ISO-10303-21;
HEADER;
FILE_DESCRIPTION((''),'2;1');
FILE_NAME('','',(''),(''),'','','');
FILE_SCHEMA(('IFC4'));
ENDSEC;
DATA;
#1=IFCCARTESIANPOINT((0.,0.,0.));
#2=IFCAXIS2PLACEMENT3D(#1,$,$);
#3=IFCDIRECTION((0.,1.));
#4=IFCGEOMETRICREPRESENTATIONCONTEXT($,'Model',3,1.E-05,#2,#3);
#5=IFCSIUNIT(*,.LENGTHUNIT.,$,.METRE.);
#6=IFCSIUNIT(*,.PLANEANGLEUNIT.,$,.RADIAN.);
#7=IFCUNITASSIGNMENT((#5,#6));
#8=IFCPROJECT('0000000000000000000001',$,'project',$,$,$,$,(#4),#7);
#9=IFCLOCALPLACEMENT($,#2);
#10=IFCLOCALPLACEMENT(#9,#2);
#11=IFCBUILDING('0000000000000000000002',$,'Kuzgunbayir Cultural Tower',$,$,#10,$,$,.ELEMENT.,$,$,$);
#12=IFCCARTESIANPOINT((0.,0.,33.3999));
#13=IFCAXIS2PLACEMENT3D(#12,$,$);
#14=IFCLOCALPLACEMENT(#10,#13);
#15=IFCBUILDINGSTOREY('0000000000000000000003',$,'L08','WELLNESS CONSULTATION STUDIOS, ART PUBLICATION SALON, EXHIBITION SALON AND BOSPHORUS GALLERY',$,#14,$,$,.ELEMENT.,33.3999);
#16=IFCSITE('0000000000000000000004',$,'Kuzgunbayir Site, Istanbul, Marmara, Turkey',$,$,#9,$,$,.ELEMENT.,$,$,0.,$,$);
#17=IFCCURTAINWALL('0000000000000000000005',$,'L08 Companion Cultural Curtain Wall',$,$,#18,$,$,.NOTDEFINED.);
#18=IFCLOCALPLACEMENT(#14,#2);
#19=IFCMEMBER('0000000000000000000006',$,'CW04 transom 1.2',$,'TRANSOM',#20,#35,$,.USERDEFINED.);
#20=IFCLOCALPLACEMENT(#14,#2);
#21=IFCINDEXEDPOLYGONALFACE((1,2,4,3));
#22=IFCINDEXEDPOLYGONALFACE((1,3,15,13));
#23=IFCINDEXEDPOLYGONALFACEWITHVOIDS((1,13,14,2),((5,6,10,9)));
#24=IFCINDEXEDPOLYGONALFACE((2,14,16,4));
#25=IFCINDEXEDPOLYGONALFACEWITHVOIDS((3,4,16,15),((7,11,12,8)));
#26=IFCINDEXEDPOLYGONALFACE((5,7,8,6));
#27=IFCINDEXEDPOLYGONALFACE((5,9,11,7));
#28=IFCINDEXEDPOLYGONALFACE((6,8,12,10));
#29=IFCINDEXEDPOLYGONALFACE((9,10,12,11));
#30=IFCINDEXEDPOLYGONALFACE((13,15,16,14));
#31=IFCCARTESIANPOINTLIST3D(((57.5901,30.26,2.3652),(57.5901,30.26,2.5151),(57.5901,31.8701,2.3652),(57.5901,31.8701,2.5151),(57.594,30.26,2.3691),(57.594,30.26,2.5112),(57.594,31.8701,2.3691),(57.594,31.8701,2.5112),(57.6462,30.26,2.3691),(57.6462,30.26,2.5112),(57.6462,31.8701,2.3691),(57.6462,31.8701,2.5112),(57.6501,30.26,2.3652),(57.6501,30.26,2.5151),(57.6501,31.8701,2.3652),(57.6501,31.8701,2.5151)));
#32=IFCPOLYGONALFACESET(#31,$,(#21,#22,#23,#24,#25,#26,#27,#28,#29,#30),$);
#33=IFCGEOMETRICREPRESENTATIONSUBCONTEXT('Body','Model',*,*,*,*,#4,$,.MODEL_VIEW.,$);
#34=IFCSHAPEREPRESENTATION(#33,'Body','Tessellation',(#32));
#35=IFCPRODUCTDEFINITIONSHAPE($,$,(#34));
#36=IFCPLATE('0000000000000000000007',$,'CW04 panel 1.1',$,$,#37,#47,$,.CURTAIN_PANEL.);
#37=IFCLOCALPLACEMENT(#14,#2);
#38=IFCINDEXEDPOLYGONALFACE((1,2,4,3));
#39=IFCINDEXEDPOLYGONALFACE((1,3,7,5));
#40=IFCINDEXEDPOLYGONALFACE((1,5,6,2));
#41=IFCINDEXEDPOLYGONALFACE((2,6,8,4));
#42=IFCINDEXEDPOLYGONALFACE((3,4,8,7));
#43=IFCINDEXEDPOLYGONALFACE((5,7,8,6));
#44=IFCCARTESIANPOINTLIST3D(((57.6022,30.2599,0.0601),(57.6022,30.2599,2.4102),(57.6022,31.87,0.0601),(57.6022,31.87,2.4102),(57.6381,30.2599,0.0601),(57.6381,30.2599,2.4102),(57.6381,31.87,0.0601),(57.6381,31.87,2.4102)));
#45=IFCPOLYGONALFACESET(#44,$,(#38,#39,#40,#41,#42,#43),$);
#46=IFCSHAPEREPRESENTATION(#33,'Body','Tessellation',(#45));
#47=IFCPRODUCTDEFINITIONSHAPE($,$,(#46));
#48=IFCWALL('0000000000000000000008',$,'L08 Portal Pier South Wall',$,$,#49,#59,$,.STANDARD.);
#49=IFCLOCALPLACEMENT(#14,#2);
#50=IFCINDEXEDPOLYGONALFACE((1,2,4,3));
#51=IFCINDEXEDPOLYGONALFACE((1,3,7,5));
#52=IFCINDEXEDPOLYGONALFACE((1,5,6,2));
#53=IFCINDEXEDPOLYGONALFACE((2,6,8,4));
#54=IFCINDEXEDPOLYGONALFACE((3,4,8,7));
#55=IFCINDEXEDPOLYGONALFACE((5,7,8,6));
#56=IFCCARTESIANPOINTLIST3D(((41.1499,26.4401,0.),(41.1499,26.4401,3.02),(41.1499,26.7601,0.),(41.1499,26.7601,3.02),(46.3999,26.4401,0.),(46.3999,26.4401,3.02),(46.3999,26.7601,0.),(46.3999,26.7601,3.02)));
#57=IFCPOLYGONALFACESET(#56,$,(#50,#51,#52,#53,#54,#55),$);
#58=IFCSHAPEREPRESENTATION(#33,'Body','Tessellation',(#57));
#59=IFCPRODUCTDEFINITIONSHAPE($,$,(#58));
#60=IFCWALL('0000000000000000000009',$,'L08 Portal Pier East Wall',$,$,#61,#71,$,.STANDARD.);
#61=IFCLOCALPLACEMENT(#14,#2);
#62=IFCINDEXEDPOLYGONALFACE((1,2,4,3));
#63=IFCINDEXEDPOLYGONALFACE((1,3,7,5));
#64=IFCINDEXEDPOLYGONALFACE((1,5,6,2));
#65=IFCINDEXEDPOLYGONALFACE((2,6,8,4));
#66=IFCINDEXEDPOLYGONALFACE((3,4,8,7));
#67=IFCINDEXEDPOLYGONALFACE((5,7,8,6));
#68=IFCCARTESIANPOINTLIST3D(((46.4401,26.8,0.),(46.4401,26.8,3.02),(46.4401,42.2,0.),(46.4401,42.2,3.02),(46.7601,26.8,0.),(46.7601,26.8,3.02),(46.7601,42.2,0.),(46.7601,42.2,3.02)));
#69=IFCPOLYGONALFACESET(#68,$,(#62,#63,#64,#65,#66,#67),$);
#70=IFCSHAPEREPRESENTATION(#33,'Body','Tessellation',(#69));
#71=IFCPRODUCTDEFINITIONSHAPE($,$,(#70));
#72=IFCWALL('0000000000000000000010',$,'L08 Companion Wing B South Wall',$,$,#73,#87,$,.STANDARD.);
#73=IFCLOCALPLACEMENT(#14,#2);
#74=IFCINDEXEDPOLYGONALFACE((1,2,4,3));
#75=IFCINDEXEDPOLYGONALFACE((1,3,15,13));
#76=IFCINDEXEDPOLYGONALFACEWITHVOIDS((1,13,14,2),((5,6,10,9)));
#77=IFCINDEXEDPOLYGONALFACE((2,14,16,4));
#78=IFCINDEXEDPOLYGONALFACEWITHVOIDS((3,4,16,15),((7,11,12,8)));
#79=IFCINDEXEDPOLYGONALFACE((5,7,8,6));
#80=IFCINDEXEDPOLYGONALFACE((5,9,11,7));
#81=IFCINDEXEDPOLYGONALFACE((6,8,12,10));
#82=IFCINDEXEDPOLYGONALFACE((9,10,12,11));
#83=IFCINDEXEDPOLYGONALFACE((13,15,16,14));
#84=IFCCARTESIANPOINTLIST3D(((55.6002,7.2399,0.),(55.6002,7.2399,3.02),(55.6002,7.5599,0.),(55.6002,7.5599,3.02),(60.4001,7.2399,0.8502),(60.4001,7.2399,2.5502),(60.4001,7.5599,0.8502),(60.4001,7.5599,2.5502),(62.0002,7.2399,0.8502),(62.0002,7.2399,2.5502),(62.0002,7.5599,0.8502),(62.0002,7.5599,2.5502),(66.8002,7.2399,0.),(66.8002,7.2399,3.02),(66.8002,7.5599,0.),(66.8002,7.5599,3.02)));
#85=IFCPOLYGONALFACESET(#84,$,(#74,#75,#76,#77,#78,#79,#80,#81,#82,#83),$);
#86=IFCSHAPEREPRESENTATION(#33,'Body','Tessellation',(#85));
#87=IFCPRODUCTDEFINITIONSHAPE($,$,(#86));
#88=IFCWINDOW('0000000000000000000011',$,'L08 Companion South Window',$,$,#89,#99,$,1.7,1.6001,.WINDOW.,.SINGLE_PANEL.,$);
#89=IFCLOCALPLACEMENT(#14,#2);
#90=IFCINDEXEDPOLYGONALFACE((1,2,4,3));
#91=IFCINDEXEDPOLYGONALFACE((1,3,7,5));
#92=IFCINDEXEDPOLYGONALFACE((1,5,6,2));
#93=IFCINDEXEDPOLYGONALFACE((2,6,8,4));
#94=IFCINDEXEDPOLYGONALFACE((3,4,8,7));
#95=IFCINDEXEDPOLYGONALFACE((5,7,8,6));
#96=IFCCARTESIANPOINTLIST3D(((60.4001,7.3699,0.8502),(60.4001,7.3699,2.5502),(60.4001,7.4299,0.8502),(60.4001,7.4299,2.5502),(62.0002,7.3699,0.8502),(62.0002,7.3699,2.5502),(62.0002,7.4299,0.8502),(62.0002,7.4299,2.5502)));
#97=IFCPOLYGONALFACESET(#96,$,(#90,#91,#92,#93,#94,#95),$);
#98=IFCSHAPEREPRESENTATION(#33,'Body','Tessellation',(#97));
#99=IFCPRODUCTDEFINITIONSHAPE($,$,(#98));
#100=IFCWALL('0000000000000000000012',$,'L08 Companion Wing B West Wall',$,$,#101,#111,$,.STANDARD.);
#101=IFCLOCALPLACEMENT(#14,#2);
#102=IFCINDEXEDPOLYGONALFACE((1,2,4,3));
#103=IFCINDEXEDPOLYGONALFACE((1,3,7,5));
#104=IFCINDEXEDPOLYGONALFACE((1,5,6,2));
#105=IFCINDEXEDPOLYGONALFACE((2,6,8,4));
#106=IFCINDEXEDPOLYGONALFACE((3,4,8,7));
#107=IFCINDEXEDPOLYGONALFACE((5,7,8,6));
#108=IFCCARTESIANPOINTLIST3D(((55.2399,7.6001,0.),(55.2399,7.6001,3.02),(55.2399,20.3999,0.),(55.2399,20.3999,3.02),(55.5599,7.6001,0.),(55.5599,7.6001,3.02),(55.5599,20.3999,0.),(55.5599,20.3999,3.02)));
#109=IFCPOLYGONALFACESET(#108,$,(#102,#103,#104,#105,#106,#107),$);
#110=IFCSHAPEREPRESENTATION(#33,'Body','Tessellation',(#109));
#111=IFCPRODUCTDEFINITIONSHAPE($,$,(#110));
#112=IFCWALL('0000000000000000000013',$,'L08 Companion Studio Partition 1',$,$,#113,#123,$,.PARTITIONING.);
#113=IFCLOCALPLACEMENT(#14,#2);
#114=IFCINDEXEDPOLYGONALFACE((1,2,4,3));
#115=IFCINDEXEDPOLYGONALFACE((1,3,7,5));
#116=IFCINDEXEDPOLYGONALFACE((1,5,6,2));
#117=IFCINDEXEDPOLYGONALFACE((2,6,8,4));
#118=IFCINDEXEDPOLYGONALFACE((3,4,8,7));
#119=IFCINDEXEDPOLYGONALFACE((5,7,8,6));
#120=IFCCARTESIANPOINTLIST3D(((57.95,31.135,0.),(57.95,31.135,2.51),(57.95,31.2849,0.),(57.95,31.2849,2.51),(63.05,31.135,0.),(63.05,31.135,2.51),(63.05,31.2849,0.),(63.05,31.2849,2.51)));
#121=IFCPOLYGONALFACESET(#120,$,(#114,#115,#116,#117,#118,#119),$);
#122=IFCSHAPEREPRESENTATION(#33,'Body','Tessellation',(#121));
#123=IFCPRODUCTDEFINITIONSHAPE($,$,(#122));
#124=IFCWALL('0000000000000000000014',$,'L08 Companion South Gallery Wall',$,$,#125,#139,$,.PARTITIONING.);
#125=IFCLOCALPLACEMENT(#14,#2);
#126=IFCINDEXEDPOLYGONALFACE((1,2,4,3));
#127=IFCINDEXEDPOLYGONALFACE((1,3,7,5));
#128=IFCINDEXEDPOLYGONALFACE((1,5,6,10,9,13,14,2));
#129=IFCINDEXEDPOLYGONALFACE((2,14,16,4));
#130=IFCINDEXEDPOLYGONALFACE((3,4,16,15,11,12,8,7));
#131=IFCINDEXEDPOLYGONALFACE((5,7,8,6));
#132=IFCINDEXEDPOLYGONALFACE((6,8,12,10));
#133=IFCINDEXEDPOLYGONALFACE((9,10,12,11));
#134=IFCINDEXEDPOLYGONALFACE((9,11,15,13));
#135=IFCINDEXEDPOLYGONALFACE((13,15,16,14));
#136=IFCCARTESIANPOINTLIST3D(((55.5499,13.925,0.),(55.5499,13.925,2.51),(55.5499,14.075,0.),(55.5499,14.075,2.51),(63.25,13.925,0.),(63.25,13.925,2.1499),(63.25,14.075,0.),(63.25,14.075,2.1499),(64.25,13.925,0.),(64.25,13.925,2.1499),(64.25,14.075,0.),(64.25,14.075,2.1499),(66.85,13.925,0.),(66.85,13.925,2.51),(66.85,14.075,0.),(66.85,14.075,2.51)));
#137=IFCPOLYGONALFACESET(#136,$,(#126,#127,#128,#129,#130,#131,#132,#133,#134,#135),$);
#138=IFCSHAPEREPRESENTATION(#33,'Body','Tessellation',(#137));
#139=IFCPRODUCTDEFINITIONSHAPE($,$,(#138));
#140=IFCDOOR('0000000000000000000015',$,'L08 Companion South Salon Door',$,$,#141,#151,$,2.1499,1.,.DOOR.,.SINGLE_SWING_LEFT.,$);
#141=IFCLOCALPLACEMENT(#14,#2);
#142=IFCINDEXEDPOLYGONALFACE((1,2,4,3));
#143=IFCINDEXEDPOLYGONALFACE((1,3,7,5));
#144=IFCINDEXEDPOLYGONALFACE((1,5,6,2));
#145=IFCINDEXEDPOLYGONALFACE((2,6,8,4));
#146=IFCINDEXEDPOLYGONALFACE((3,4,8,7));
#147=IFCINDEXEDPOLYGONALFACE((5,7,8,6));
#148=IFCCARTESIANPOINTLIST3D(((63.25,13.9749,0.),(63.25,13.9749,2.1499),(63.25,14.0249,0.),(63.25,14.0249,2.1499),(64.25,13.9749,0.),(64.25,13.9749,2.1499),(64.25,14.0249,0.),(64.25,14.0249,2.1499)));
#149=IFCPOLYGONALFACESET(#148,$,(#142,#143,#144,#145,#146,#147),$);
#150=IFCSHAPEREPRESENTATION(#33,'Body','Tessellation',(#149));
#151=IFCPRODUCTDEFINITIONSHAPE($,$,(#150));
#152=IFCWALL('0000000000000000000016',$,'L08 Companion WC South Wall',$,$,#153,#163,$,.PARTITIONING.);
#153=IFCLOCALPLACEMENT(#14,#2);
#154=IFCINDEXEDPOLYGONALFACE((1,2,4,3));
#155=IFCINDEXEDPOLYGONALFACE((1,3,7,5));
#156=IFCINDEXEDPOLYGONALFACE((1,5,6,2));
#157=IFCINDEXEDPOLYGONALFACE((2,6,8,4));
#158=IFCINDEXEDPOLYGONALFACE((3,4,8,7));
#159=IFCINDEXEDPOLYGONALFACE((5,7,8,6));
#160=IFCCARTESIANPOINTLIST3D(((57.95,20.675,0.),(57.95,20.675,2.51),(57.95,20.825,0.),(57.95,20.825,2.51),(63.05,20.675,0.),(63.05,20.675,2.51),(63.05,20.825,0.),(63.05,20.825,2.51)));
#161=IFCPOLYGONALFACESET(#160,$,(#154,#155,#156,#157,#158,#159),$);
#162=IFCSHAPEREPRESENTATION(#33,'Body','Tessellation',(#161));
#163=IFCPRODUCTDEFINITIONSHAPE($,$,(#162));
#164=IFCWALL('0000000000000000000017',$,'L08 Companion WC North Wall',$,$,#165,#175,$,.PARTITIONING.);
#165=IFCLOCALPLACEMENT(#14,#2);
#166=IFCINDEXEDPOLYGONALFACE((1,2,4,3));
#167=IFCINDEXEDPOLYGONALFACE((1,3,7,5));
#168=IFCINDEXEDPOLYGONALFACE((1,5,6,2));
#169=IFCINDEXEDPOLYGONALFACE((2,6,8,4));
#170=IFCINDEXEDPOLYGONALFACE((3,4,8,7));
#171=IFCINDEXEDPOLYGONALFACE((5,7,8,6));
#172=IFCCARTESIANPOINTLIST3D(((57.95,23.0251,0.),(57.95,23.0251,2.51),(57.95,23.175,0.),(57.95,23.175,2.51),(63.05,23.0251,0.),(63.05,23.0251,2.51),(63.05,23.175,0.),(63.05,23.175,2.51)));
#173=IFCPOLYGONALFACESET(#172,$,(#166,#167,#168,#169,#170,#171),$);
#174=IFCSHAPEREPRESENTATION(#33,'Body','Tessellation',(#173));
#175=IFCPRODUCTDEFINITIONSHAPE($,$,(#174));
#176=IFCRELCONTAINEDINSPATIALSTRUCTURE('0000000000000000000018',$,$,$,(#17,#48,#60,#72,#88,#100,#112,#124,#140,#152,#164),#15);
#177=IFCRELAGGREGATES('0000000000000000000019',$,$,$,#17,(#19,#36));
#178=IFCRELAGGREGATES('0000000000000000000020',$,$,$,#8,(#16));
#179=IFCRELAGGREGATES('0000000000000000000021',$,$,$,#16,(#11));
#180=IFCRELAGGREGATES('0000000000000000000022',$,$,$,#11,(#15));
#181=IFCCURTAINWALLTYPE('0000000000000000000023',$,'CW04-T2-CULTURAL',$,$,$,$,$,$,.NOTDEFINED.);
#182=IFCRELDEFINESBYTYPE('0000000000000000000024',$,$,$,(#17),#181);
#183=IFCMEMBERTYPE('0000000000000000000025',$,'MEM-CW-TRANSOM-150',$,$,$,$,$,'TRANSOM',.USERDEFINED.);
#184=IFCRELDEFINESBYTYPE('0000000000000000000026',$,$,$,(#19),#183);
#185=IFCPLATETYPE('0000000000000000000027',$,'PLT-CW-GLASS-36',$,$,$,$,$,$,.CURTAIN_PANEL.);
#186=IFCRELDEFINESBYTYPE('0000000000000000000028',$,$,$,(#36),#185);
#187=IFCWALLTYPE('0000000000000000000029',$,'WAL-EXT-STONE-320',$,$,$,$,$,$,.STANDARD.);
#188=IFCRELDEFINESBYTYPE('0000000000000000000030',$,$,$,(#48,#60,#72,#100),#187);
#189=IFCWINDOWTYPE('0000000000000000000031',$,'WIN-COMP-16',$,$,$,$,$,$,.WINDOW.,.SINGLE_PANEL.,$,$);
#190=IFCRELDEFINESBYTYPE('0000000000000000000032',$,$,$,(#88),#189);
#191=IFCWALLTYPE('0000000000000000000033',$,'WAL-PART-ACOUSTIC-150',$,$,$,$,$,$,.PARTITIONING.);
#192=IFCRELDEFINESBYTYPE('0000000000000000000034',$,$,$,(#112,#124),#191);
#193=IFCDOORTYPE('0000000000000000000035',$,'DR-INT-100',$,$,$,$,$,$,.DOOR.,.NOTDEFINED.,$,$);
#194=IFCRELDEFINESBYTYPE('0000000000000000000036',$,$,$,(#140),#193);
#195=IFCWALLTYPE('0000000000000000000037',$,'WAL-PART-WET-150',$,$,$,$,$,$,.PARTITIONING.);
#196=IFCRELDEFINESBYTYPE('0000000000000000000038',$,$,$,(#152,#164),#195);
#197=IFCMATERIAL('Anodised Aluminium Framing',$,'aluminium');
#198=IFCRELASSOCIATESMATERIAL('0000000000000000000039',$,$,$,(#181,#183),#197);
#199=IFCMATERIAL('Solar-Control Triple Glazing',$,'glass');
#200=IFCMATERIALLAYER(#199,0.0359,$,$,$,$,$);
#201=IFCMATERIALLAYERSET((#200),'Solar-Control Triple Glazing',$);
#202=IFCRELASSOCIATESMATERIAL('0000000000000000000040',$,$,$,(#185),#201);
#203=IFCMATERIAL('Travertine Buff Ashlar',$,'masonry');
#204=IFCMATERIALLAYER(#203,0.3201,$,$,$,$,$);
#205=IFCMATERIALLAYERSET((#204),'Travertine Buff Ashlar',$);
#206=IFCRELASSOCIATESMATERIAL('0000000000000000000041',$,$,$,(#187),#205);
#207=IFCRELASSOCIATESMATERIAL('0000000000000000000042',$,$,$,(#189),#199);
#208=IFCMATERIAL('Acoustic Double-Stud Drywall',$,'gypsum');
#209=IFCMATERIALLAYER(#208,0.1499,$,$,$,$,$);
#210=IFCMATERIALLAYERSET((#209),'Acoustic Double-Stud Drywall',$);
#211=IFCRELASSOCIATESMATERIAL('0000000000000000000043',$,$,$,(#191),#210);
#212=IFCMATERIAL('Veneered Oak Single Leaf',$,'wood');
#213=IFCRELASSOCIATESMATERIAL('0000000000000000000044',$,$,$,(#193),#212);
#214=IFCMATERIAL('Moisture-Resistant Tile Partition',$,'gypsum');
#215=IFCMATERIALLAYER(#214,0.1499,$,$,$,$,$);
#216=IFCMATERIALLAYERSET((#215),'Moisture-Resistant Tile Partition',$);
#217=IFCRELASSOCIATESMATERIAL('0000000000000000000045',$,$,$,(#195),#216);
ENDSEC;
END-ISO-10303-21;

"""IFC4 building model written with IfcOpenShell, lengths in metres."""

from ifc_helpers import new_model, si_unit, direction, frame, frame_2d, origin, origin_2d, place, context, subcontext, project, spatial, rectangle, hollow_rectangle, extrude, material, layer, layer_set, material_profile, profile_set, type_object, element, fill, aggregate, save


model = new_model("IFC4")

# Units and contexts
model_context = context("Model", 3, precision=1e-05, world=origin(), true_north=direction((0.0, 1.0)))
body_context = subcontext(model_context, "Body", "Model", "MODEL_VIEW")
ifc_project = project(units=[si_unit("LENGTHUNIT", "METRE"), si_unit("PLANEANGLEUNIT", "RADIAN")], contexts=[model_context])

# Site, building, storey
site_placement = place(None, origin())
site = spatial("IfcSite", under=ifc_project, at=site_placement, Name="Kuzgunbayir Site, Istanbul, Marmara, Turkey", CompositionType="ELEMENT", RefElevation=0.0)
building_placement = place(site_placement, origin())
building = spatial("IfcBuilding", under=site, at=building_placement, Name="Kuzgunbayir Cultural Tower", CompositionType="ELEMENT")
storey_placement = place(building_placement, frame((0.0, 0.0, 33.3999)))
storey = spatial("IfcBuildingStorey", under=building, at=storey_placement, Name="L08", Description="WELLNESS CONSULTATION STUDIOS, ART PUBLICATION SALON, EXHIBITION SALON AND BOSPHORUS GALLERY", CompositionType="ELEMENT", Elevation=33.3999)

# Curtain wall, member, plate
ifc_material_1 = material(Name="Anodised Aluminium Framing", Category="aluminium")
curtain_wall_type = type_object("IfcCurtainWallType", Name="CW04-T2-CULTURAL", PredefinedType="NOTDEFINED", material=ifc_material_1)
curtain_wall_placement = place(storey_placement, origin())
curtain_wall = element("IfcCurtainWall", 1, at=curtain_wall_placement, inside=storey, type_object=curtain_wall_type, Name="L08 Companion Cultural Curtain Wall", PredefinedType="NOTDEFINED")
ifc_material_profile_1 = material_profile(ifc_material_1, hollow_rectangle(XDim=0.0601, YDim=0.1499, WallThickness=0.0039, at=origin_2d()), Name="RHS 150x60x4")
ifc_profile_set_1 = profile_set([ifc_material_profile_1], Name="Anodised Aluminium Framing")
member_type_1 = type_object("IfcMemberType", Name="MEM-CW-TRANSOM-150", ElementType="TRANSOM", PredefinedType="USERDEFINED", material=ifc_profile_set_1)
member_1_placement = place(storey_placement, frame((57.6201, 30.26, 2.4402), z_axis=(0.0, 1.0, 0.0), x_axis=(-1.0, 0.0, 0.0)))
member_1 = element("IfcMember", 2, at=member_1_placement, type_object=member_type_1, Name="CW04 transom 1.2", ObjectType="TRANSOM", PredefinedType="USERDEFINED", context=body_context, shape_type="SweptSolid", body=[
    extrude(hollow_rectangle(XDim=0.0601, YDim=0.1499, WallThickness=0.0039, at=origin_2d()), origin(), (0.0, 0.0, 1.0), 1.6101),
])
ifc_material_2 = material(Name="Solar-Control Triple Glazing", Category="glass")
ifc_layer_1 = layer(ifc_material_2, 0.0359)
ifc_layer_set_1 = layer_set([ifc_layer_1], Name="Solar-Control Triple Glazing")
plate_type = type_object("IfcPlateType", Name="PLT-CW-GLASS-36", PredefinedType="CURTAIN_PANEL", material=ifc_layer_set_1)
plate_placement = place(storey_placement, frame((57.6201, 31.0649, 0.0601), z_axis=(0.0, 0.0, 1.0), x_axis=(0.0, 1.0, 0.0)))
plate = element("IfcPlate", 3, at=plate_placement, type_object=plate_type, Name="CW04 panel 1.1", PredefinedType="CURTAIN_PANEL", context=body_context, shape_type="SweptSolid", body=[
    extrude(rectangle(XDim=1.6101, YDim=0.0359, at=origin_2d()), origin(), (0.0, 0.0, 1.0), 2.3501),
])
aggregate(curtain_wall, [member_1, plate])

# Walls
ifc_material_3 = material(Name="Travertine Buff Ashlar", Category="masonry")
ifc_layer_2 = layer(ifc_material_3, 0.3201)
ifc_layer_set_2 = layer_set([ifc_layer_2], Name="Travertine Buff Ashlar")
wall_type_1 = type_object("IfcWallType", Name="WAL-EXT-STONE-320", PredefinedType="STANDARD", material=ifc_layer_set_2)
wall_1_placement = place(storey_placement, frame((41.1499, 26.6001, 0.0), z_axis=(0.0, 0.0, 1.0), x_axis=(1.0, 0.0, 0.0)))
element("IfcWall", 4, at=wall_1_placement, inside=storey, type_object=wall_type_1, Name="L08 Portal Pier South Wall", PredefinedType="STANDARD", context=body_context, shape_type="SweptSolid", body=[
    extrude(rectangle(XDim=5.25, YDim=0.3201, at=frame_2d((2.625, 0.0))), origin(), (0.0, 0.0, 1.0), 3.02),
])
wall_2_placement = place(storey_placement, frame((46.6001, 26.8, 0.0), z_axis=(0.0, 0.0, 1.0), x_axis=(0.0, 1.0, 0.0)))
element("IfcWall", 5, at=wall_2_placement, inside=storey, type_object=wall_type_1, Name="L08 Portal Pier East Wall", PredefinedType="STANDARD", context=body_context, shape_type="SweptSolid", body=[
    extrude(rectangle(XDim=15.3999, YDim=0.3201, at=frame_2d((7.7, 0.0))), origin(), (0.0, 0.0, 1.0), 3.02),
])

# Wall, opening, window
wall_3_placement = place(storey_placement, frame((55.6001, 7.3999, 0.0), z_axis=(0.0, 0.0, 1.0), x_axis=(1.0, 0.0, 0.0)))
wall_3 = element("IfcWall", 6, at=wall_3_placement, inside=storey, type_object=wall_type_1, Name="L08 Companion Wing B South Wall", PredefinedType="STANDARD", context=body_context, shape_type="SweptSolid", body=[
    extrude(rectangle(XDim=11.2, YDim=0.3201, at=frame_2d((5.6001, 0.0))), origin(), (0.0, 0.0, 1.0), 3.02),
])
opening_1_placement = place(wall_3_placement, frame((4.8, 0.0, 0.8501)))
opening_1 = element("IfcOpeningElement", 7, at=opening_1_placement, cuts=wall_3, PredefinedType="OPENING", context=body_context, shape_type="SweptSolid", body=[
    extrude(rectangle(XDim=1.6001, YDim=1.7, at=frame_2d((0.8, 0.8501))), frame((0.0, 0.1699, 0.0), z_axis=(0.0, -1.0, 0.0), x_axis=(1.0, 0.0, 0.0)), (0.0, 0.0, 1.0), 0.3401),
])
window_type = type_object("IfcWindowType", Name="WIN-COMP-16", PartitioningType="SINGLE_PANEL", PredefinedType="WINDOW", material=ifc_material_2)
window_placement = place(opening_1_placement, origin())
window = element("IfcWindow", 8, at=window_placement, inside=storey, type_object=window_type, Name="L08 Companion South Window", OverallHeight=1.7, OverallWidth=1.6001, PartitioningType="SINGLE_PANEL", PredefinedType="WINDOW", context=body_context, shape_type="SweptSolid", body=[
    extrude(rectangle(XDim=1.6001, YDim=1.7, at=frame_2d((0.8, 0.8501))), frame((0.0, 0.03, 0.0), z_axis=(0.0, -1.0, 0.0), x_axis=(1.0, 0.0, 0.0)), (0.0, 0.0, 1.0), 0.0601),
])
fill(opening_1, window)

# Walls
wall_4_placement = place(storey_placement, frame((55.3999, 20.3999, 0.0), z_axis=(0.0, 0.0, 1.0), x_axis=(0.0, -1.0, 0.0)))
element("IfcWall", 9, at=wall_4_placement, inside=storey, type_object=wall_type_1, Name="L08 Companion Wing B West Wall", PredefinedType="STANDARD", context=body_context, shape_type="SweptSolid", body=[
    extrude(rectangle(XDim=12.7998, YDim=0.3201, at=frame_2d((6.3999, 0.0))), origin(), (0.0, 0.0, 1.0), 3.02),
])
ifc_material_4 = material(Name="Acoustic Double-Stud Drywall", Category="gypsum")
ifc_layer_3 = layer(ifc_material_4, 0.1499)
ifc_layer_set_3 = layer_set([ifc_layer_3], Name="Acoustic Double-Stud Drywall")
wall_type_2 = type_object("IfcWallType", Name="WAL-PART-ACOUSTIC-150", PredefinedType="PARTITIONING", material=ifc_layer_set_3)
wall_5_placement = place(storey_placement, frame((57.95, 31.21, 0.0), z_axis=(0.0, 0.0, 1.0), x_axis=(1.0, 0.0, 0.0)))
element("IfcWall", 10, at=wall_5_placement, inside=storey, type_object=wall_type_2, Name="L08 Companion Studio Partition 1", PredefinedType="PARTITIONING", context=body_context, shape_type="SweptSolid", body=[
    extrude(rectangle(XDim=5.1001, YDim=0.1499, at=frame_2d((2.55, 0.0))), origin(), (0.0, 0.0, 1.0), 2.51),
])

# Wall, opening, door
wall_6_placement = place(storey_placement, frame((55.55, 14.0, 0.0), z_axis=(0.0, 0.0, 1.0), x_axis=(1.0, 0.0, 0.0)))
wall_6 = element("IfcWall", 11, at=wall_6_placement, inside=storey, type_object=wall_type_2, Name="L08 Companion South Gallery Wall", PredefinedType="PARTITIONING", context=body_context, shape_type="SweptSolid", body=[
    extrude(rectangle(XDim=11.3, YDim=0.1499, at=frame_2d((5.6499, 0.0))), origin(), (0.0, 0.0, 1.0), 2.51),
])
opening_2_placement = place(wall_6_placement, frame((7.7, 0.0, 0.0)))
opening_2 = element("IfcOpeningElement", 12, at=opening_2_placement, cuts=wall_6, PredefinedType="OPENING", context=body_context, shape_type="SweptSolid", body=[
    extrude(rectangle(XDim=1.0, YDim=2.1499, at=frame_2d((0.5, 1.075))), frame((0.0, 0.085, 0.0), z_axis=(0.0, -1.0, 0.0), x_axis=(1.0, 0.0, 0.0)), (0.0, 0.0, 1.0), 0.1699),
])
ifc_material_5 = material(Name="Veneered Oak Single Leaf", Category="wood")
door_type = type_object("IfcDoorType", Name="DR-INT-100", OperationType="NOTDEFINED", PredefinedType="DOOR", material=ifc_material_5)
door_placement = place(opening_2_placement, origin())
door = element("IfcDoor", 13, at=door_placement, inside=storey, type_object=door_type, Name="L08 Companion South Salon Door", OperationType="SINGLE_SWING_LEFT", OverallHeight=2.1499, OverallWidth=1.0, PredefinedType="DOOR", context=body_context, shape_type="SweptSolid", body=[
    extrude(rectangle(XDim=1.0, YDim=2.1499, at=frame_2d((0.5, 1.075))), frame((0.0, 0.0249, 0.0), z_axis=(0.0, -1.0, 0.0), x_axis=(1.0, 0.0, 0.0)), (0.0, 0.0, 1.0), 0.05),
])
fill(opening_2, door)

# Walls
ifc_material_6 = material(Name="Moisture-Resistant Tile Partition", Category="gypsum")
ifc_layer_4 = layer(ifc_material_6, 0.1499)
ifc_layer_set_4 = layer_set([ifc_layer_4], Name="Moisture-Resistant Tile Partition")
wall_type_3 = type_object("IfcWallType", Name="WAL-PART-WET-150", PredefinedType="PARTITIONING", material=ifc_layer_set_4)
for number, where, z_axis, x_axis, name in (
    (14, (57.95, 20.75, 0.0), (0.0, 0.0, 1.0), (1.0, 0.0, 0.0), "L08 Companion WC South Wall"),
    (15, (57.95, 23.1001, 0.0), (0.0, 0.0, 1.0), (1.0, 0.0, 0.0), "L08 Companion WC North Wall"),
):
    element("IfcWall", number, at=place(storey_placement, frame(where, z_axis=z_axis, x_axis=x_axis)), inside=storey, type_object=wall_type_3, Name=name, PredefinedType="PARTITIONING", context=body_context, shape_type="SweptSolid", body=[
        extrude(rectangle(XDim=5.1001, YDim=0.1499, at=frame_2d((2.55, 0.0))), origin(), (0.0, 0.0, 1.0), 2.51),
    ])

save(model, "model.ifc")
